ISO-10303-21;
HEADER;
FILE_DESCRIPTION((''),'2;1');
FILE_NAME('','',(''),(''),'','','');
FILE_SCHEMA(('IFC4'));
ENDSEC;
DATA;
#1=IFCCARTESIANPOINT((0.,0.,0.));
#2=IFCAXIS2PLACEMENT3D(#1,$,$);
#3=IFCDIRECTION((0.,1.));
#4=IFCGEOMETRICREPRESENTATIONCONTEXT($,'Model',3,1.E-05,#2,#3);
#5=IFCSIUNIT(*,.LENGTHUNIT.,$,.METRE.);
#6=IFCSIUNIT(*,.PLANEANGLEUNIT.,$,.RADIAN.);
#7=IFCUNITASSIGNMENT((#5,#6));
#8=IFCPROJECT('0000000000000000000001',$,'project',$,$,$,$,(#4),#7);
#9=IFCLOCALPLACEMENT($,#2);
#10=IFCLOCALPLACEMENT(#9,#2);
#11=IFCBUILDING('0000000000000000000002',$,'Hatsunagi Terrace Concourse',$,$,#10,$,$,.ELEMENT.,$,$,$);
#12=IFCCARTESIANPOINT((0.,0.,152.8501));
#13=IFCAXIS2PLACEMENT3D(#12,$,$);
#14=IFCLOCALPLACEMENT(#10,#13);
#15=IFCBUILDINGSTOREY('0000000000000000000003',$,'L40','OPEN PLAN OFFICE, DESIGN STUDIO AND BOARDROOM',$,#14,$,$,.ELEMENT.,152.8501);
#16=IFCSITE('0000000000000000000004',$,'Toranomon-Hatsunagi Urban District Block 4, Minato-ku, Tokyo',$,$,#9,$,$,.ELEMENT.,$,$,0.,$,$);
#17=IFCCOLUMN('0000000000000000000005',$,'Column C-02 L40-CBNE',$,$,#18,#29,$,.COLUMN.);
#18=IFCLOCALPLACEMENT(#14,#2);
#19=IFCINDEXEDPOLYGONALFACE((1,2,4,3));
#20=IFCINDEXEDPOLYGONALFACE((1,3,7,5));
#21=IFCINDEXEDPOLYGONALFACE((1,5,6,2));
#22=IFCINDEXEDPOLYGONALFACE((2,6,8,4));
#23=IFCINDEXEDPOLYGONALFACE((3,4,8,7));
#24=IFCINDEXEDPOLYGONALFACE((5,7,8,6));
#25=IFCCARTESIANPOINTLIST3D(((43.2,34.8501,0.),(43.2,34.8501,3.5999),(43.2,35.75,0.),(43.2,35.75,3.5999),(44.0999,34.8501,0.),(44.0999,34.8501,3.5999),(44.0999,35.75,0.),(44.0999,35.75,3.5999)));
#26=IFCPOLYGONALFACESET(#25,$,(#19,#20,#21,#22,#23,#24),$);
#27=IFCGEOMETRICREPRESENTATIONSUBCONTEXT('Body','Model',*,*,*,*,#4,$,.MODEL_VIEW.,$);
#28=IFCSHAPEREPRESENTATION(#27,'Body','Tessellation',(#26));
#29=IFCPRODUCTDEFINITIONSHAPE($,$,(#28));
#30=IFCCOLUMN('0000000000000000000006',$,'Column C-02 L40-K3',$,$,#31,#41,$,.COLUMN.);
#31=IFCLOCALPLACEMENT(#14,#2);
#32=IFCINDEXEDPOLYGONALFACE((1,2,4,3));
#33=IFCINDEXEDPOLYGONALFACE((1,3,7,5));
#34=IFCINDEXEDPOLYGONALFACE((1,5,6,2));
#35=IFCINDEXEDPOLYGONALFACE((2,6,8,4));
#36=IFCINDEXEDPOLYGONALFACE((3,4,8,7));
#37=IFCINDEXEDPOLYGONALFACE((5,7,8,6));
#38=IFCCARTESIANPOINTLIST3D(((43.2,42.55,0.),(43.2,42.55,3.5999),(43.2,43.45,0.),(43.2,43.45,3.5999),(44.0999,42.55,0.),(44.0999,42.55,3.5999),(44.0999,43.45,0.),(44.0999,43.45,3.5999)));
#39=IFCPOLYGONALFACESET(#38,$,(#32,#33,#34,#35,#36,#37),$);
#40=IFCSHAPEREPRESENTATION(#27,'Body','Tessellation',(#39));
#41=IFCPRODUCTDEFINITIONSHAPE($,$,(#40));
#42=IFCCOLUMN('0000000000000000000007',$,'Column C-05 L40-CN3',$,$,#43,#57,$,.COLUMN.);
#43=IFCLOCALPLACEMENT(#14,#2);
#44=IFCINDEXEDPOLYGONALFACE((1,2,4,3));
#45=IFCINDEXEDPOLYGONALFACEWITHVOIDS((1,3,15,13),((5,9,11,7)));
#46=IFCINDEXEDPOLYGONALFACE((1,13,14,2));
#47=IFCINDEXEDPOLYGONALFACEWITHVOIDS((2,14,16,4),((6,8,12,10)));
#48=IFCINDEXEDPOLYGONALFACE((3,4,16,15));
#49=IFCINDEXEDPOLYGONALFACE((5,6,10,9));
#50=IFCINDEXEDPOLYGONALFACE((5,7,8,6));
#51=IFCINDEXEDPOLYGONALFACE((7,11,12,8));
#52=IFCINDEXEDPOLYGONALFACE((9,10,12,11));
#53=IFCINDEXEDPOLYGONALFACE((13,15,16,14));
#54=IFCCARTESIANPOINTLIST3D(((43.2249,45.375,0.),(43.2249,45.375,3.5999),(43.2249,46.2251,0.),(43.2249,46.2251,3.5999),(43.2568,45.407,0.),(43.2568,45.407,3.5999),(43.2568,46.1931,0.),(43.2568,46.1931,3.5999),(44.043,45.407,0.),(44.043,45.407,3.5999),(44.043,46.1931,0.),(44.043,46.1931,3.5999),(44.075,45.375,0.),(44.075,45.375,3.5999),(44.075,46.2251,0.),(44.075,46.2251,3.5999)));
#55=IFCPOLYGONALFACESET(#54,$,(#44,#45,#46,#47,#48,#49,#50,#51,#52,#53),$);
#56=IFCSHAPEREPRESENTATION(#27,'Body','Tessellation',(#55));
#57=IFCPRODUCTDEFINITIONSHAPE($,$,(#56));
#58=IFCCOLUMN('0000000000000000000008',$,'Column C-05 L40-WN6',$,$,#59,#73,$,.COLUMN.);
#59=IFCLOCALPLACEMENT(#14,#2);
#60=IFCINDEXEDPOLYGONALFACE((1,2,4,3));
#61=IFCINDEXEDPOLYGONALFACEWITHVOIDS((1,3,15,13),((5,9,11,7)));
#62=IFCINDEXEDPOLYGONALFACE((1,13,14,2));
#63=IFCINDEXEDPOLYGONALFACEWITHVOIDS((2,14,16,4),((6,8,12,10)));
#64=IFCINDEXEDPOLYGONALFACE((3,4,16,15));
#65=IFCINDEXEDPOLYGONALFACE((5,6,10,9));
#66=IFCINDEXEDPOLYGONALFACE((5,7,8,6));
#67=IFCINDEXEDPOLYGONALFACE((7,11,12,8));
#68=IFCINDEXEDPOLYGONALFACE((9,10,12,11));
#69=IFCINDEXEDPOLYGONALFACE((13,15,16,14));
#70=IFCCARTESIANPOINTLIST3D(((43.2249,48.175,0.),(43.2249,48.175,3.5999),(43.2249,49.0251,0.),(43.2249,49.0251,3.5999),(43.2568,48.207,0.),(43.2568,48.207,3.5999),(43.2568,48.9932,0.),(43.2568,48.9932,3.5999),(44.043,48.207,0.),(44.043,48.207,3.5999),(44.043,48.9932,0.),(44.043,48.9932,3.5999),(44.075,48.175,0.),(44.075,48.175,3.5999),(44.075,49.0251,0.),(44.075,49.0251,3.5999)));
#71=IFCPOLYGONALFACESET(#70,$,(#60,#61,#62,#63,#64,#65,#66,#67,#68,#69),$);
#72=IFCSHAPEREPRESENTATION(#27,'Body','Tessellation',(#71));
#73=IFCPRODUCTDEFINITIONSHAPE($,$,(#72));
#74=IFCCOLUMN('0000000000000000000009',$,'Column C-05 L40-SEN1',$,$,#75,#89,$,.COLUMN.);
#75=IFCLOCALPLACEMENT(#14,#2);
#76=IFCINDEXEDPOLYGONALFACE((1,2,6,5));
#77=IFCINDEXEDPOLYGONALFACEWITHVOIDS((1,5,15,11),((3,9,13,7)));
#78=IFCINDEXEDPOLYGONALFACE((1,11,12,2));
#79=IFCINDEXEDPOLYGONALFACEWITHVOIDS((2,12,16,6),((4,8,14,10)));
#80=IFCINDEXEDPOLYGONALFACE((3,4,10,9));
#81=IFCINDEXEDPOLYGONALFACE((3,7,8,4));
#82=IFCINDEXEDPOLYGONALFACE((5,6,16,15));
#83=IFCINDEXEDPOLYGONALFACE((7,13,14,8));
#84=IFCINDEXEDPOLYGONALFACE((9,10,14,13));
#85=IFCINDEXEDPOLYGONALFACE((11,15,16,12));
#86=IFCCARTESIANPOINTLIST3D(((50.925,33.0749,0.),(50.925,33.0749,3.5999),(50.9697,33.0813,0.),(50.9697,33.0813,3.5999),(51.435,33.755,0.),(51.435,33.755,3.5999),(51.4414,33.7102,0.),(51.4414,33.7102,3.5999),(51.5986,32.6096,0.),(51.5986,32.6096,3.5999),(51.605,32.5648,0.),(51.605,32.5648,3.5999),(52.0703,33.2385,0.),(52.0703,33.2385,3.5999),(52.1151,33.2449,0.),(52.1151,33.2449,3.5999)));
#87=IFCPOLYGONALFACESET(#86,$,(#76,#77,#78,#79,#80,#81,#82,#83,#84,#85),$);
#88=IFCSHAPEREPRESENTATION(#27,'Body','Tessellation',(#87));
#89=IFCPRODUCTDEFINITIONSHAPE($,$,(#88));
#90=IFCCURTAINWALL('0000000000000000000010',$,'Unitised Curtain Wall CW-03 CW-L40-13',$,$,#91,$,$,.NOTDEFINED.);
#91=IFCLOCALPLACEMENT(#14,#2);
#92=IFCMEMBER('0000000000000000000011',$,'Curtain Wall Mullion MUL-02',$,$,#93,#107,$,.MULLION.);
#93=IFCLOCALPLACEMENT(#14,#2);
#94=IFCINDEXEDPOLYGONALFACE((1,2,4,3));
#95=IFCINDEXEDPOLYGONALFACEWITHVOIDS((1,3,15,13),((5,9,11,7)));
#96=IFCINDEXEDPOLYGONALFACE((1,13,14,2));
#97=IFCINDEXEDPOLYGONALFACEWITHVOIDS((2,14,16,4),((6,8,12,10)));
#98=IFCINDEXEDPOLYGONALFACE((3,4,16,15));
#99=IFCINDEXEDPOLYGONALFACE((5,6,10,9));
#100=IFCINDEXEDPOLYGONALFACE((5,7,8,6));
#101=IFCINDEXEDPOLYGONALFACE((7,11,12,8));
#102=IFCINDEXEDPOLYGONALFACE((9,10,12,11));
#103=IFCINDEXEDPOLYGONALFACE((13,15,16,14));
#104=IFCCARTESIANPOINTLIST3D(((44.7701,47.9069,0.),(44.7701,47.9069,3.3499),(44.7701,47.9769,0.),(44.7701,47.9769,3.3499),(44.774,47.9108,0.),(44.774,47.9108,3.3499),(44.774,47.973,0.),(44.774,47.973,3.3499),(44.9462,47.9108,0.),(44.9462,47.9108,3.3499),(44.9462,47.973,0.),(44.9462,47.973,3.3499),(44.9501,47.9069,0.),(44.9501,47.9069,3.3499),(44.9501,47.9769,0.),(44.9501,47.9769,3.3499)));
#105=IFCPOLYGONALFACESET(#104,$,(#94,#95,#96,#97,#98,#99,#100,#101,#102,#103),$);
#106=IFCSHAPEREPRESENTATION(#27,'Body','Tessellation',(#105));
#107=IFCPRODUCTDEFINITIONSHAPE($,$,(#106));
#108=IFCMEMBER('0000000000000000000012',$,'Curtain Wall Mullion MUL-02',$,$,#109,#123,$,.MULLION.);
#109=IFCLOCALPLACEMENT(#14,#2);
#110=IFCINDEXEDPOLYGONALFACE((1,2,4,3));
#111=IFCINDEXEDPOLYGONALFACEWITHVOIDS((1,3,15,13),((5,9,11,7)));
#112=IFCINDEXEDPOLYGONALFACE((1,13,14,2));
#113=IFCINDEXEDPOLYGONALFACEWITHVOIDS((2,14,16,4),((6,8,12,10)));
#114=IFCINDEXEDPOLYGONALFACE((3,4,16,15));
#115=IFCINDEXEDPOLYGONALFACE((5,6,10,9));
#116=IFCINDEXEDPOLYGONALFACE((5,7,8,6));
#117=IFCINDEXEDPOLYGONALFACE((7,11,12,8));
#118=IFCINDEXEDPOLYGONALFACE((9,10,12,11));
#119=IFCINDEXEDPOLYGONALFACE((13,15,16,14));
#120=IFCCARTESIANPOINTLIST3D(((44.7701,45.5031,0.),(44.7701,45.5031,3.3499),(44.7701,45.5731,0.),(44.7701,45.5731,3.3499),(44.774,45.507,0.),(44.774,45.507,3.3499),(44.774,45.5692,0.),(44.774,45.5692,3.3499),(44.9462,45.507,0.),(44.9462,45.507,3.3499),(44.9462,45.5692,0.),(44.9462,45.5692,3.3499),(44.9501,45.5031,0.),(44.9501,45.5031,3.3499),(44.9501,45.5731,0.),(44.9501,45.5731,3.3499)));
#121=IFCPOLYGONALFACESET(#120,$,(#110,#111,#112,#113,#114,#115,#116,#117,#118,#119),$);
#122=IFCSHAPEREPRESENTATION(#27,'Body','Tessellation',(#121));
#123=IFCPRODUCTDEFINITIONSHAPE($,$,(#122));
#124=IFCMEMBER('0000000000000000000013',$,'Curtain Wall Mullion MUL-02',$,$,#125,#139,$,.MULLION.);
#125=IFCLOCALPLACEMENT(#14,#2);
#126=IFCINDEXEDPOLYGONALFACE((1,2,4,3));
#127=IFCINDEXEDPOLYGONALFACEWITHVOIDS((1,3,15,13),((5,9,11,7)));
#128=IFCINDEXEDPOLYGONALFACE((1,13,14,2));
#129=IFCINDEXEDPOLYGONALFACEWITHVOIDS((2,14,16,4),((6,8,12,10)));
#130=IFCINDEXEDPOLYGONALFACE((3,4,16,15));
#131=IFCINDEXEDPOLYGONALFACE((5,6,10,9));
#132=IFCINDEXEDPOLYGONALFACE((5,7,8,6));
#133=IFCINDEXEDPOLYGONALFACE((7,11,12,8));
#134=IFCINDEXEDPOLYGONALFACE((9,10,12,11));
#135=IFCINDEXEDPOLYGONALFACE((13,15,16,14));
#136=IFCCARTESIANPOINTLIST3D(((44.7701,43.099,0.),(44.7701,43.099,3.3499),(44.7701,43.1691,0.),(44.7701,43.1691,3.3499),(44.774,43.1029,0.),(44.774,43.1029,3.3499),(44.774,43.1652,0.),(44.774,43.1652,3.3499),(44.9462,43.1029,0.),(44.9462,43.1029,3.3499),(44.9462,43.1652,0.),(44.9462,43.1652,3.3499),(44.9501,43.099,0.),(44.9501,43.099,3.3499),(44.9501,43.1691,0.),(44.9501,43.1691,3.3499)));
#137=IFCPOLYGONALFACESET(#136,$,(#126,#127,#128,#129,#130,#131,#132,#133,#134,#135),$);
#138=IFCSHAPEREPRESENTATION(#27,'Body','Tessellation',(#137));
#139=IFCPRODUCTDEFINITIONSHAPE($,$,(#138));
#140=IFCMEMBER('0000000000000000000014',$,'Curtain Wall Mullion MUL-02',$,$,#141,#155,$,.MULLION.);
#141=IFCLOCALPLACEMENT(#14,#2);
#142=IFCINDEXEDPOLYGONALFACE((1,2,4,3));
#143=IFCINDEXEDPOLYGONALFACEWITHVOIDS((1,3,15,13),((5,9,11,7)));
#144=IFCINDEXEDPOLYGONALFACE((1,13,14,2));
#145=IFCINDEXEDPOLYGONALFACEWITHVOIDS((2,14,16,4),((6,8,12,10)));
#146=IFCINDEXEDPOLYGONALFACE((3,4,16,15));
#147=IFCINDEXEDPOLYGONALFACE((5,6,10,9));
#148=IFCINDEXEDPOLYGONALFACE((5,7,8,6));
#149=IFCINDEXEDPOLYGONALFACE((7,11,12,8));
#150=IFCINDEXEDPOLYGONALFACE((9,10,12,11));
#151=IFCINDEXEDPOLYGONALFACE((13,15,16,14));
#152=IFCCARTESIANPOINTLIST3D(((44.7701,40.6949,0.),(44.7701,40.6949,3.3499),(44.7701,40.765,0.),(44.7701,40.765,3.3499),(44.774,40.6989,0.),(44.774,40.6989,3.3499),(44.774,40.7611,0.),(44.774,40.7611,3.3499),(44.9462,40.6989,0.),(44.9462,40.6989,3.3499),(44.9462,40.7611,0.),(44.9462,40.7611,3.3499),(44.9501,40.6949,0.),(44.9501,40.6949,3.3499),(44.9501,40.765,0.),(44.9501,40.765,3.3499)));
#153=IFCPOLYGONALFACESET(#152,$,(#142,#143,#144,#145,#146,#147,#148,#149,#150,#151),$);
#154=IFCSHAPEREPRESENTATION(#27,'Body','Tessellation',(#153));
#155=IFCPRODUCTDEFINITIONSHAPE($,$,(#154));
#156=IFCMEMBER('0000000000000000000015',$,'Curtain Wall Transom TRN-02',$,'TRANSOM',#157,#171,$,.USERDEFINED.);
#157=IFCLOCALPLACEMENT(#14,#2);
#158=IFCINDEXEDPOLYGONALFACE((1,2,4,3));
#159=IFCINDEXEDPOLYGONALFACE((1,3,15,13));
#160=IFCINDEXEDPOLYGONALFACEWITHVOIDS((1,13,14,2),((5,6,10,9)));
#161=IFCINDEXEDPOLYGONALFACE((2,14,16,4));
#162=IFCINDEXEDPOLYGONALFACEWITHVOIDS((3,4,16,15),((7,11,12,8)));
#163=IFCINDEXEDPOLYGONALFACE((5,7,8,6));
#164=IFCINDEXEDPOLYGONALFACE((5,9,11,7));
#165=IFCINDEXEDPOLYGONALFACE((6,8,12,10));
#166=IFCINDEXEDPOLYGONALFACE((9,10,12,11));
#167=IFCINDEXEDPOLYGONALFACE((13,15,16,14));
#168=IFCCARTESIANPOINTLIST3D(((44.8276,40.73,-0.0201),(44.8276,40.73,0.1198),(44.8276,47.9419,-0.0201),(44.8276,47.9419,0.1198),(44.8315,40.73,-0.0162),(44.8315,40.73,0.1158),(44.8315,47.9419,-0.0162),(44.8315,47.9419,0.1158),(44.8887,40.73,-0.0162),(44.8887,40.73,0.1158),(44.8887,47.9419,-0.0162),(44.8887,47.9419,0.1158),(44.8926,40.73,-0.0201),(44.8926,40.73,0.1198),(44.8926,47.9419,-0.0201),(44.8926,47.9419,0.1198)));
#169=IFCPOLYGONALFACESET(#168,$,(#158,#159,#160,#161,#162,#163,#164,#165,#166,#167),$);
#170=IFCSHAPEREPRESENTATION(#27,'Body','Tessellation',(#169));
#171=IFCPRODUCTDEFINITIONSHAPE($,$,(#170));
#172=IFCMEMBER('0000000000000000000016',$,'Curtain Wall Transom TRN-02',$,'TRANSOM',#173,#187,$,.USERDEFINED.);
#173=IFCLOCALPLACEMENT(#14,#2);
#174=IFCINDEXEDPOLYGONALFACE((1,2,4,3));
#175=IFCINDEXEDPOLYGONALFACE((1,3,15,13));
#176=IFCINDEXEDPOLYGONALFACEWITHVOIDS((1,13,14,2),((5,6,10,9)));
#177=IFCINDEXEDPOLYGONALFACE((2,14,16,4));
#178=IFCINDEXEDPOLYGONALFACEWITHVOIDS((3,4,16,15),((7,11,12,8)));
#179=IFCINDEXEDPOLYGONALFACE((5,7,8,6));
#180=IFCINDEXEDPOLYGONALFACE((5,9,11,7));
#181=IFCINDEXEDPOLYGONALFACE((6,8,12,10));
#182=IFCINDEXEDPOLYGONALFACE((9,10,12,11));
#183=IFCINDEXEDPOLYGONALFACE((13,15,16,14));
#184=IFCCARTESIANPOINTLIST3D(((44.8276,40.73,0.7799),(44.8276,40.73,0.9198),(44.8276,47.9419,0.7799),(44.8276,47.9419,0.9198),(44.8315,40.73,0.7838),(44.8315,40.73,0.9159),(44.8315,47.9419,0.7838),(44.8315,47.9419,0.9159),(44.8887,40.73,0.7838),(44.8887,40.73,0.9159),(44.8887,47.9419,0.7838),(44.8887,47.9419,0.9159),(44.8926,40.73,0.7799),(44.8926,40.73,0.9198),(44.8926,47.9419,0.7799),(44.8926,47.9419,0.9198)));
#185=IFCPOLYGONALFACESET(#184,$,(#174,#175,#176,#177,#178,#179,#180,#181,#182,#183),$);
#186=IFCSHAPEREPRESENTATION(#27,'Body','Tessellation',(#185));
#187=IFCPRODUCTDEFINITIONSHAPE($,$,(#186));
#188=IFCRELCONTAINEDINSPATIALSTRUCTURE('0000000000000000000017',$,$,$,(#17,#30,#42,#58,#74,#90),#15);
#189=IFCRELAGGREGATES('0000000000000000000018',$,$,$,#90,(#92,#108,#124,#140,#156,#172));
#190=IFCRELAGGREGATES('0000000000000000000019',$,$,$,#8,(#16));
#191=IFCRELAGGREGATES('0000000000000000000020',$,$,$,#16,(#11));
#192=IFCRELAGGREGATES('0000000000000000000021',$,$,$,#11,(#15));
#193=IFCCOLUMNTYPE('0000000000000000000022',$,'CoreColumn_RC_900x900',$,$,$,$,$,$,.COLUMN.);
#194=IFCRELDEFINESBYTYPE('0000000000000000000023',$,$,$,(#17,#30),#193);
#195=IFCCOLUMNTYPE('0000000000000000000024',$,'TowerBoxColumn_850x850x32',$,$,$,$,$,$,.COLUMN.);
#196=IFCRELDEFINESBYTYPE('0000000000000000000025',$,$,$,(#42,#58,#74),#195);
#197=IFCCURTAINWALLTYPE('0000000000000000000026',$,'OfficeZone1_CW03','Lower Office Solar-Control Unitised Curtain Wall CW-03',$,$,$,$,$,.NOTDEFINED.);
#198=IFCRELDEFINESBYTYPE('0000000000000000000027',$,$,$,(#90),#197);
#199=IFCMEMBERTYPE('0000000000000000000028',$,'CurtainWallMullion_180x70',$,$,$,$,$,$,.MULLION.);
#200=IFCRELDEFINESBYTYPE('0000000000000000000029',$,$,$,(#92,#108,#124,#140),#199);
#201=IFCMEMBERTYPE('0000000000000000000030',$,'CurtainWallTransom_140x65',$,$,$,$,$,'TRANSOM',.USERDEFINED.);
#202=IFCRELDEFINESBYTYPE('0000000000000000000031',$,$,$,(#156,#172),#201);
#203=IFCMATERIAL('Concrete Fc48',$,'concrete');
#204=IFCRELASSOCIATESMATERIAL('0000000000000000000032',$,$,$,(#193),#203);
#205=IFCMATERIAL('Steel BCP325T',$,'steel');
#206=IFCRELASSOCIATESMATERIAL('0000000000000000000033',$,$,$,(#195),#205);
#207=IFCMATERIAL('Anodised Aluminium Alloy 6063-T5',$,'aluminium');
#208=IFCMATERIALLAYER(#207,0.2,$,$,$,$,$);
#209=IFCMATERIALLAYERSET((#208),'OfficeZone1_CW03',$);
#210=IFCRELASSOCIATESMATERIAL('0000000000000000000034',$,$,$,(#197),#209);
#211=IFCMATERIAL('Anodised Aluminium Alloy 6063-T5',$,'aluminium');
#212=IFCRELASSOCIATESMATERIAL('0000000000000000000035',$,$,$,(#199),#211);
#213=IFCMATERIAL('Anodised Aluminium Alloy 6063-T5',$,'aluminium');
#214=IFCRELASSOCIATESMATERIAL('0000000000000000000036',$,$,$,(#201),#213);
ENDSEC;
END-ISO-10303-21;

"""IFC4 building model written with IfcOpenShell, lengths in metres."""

from ifc_helpers import new_model, si_unit, direction, frame, origin, origin_2d, place, context, subcontext, project, spatial, rectangle, hollow_rectangle, extrude, material, layer, layer_set, material_profile, profile_set, type_object, element, aggregate, save


model = new_model("IFC4")

# Units and contexts
model_context = context("Model", 3, precision=1e-05, world=origin(), true_north=direction((0.0, 1.0)))
body_context = subcontext(model_context, "Body", "Model", "MODEL_VIEW")
ifc_project = project(units=[si_unit("LENGTHUNIT", "METRE"), si_unit("PLANEANGLEUNIT", "RADIAN")], contexts=[model_context])

# Site, building, storey
site_placement = place(None, origin())
site = spatial("IfcSite", under=ifc_project, at=site_placement, Name="Toranomon-Hatsunagi Urban District Block 4, Minato-ku, Tokyo", CompositionType="ELEMENT", RefElevation=0.0)
building_placement = place(site_placement, origin())
building = spatial("IfcBuilding", under=site, at=building_placement, Name="Hatsunagi Terrace Concourse", CompositionType="ELEMENT")
storey_placement = place(building_placement, frame((0.0, 0.0, 152.8501)))
storey = spatial("IfcBuildingStorey", under=building, at=storey_placement, Name="L40", Description="OPEN PLAN OFFICE, DESIGN STUDIO AND BOARDROOM", CompositionType="ELEMENT", Elevation=152.8501)

# Columns
ifc_material_1 = material(Name="Concrete Fc48", Category="concrete")
ifc_material_profile_1 = material_profile(ifc_material_1, rectangle(XDim=0.8999, YDim=0.8999, at=origin_2d()), Name="RC-900x900")
ifc_profile_set_1 = profile_set([ifc_material_profile_1], Name="Concrete Fc48")
column_type_1 = type_object("IfcColumnType", Name="CoreColumn_RC_900x900", PredefinedType="COLUMN", material=ifc_profile_set_1)
for number, where, z_axis, x_axis, name in (
    (1, (43.6499, 35.3, 0.0), (0.0, 0.0, 1.0), (1.0, 0.0, 0.0), "Column C-02 L40-CBNE"),
    (2, (43.6499, 43.0, 0.0), (0.0, 0.0, 1.0), (1.0, 0.0, 0.0), "Column C-02 L40-K3"),
):
    element("IfcColumn", number, at=place(storey_placement, frame(where, z_axis=z_axis, x_axis=x_axis)), inside=storey, type_object=column_type_1, Name=name, PredefinedType="COLUMN", context=body_context, shape_type="SweptSolid", body=[
        extrude(rectangle(XDim=0.8999, YDim=0.8999, at=origin_2d()), origin(), (0.0, 0.0, 1.0), 3.5999),
    ])
ifc_material_2 = material(Name="Steel BCP325T", Category="steel")
ifc_material_profile_2 = material_profile(ifc_material_2, hollow_rectangle(XDim=0.8501, YDim=0.8501, WallThickness=0.032, at=origin_2d()), Name="BCP-850x850x32")
ifc_profile_set_2 = profile_set([ifc_material_profile_2], Name="Steel BCP325T")
column_type_2 = type_object("IfcColumnType", Name="TowerBoxColumn_850x850x32", PredefinedType="COLUMN", material=ifc_profile_set_2)
for number, where, z_axis, x_axis, name in (
    (3, (43.6499, 45.8, 0.0), (0.0, 0.0, 1.0), (1.0, 0.0, 0.0), "Column C-05 L40-CN3"),
    (4, (43.6499, 48.6001, 0.0), (0.0, 0.0, 1.0), (1.0, 0.0, 0.0), "Column C-05 L40-WN6"),
    (5, (51.52, 33.1599, 0.0), (0.0, 0.0, 1.0), (0.8, -0.6, 0.0), "Column C-05 L40-SEN1"),
):
    element("IfcColumn", number, at=place(storey_placement, frame(where, z_axis=z_axis, x_axis=x_axis)), inside=storey, type_object=column_type_2, Name=name, PredefinedType="COLUMN", context=body_context, shape_type="SweptSolid", body=[
        extrude(hollow_rectangle(XDim=0.8501, YDim=0.8501, WallThickness=0.032, at=origin_2d()), origin(), (0.0, 0.0, 1.0), 3.5999),
    ])

# Curtain wall, members
ifc_material_3 = material(Name="Anodised Aluminium Alloy 6063-T5", Category="aluminium")
ifc_layer_1 = layer(ifc_material_3, 0.2)
ifc_layer_set_1 = layer_set([ifc_layer_1], Name="OfficeZone1_CW03")
curtain_wall_type = type_object("IfcCurtainWallType", Name="OfficeZone1_CW03", Description="Lower Office Solar-Control Unitised Curtain Wall CW-03", PredefinedType="NOTDEFINED", material=ifc_layer_set_1)
curtain_wall_placement = place(storey_placement, origin())
curtain_wall = element("IfcCurtainWall", 6, at=curtain_wall_placement, inside=storey, type_object=curtain_wall_type, Name="Unitised Curtain Wall CW-03 CW-L40-13", PredefinedType="NOTDEFINED")
ifc_material_4 = material(Name="Anodised Aluminium Alloy 6063-T5", Category="aluminium")
ifc_material_profile_3 = material_profile(ifc_material_4, hollow_rectangle(XDim=0.0701, YDim=0.1799, WallThickness=0.0039, at=origin_2d()), Name="ALU-MUL-180x70x4")
ifc_profile_set_3 = profile_set([ifc_material_profile_3], Name="Anodised Aluminium Alloy 6063-T5")
member_type_1 = type_object("IfcMemberType", Name="CurtainWallMullion_180x70", PredefinedType="MULLION", material=ifc_profile_set_3)
member_1_placement = place(storey_placement, frame((44.8601, 47.9419, 0.0), z_axis=(0.0, 0.0, 1.0), x_axis=(0.0, -1.0, 0.0)))
member_1 = element("IfcMember", 7, at=member_1_placement, type_object=member_type_1, Name="Curtain Wall Mullion MUL-02", PredefinedType="MULLION", context=body_context, shape_type="SweptSolid", body=[
    extrude(hollow_rectangle(XDim=0.0701, YDim=0.1799, WallThickness=0.0039, at=origin_2d()), origin(), (0.0, 0.0, 1.0), 3.3499),
])
member_2_placement = place(storey_placement, frame((44.8601, 45.5381, 0.0), z_axis=(0.0, 0.0, 1.0), x_axis=(0.0, -1.0, 0.0)))
member_2 = element("IfcMember", 8, at=member_2_placement, type_object=member_type_1, Name="Curtain Wall Mullion MUL-02", PredefinedType="MULLION", context=body_context, shape_type="SweptSolid", body=[
    extrude(hollow_rectangle(XDim=0.0701, YDim=0.1799, WallThickness=0.0039, at=origin_2d()), origin(), (0.0, 0.0, 1.0), 3.3499),
])
member_3_placement = place(storey_placement, frame((44.8601, 43.134, 0.0), z_axis=(0.0, 0.0, 1.0), x_axis=(0.0, -1.0, 0.0)))
member_3 = element("IfcMember", 9, at=member_3_placement, type_object=member_type_1, Name="Curtain Wall Mullion MUL-02", PredefinedType="MULLION", context=body_context, shape_type="SweptSolid", body=[
    extrude(hollow_rectangle(XDim=0.0701, YDim=0.1799, WallThickness=0.0039, at=origin_2d()), origin(), (0.0, 0.0, 1.0), 3.3499),
])
member_4_placement = place(storey_placement, frame((44.8601, 40.73, 0.0), z_axis=(0.0, 0.0, 1.0), x_axis=(0.0, -1.0, 0.0)))
member_4 = element("IfcMember", 10, at=member_4_placement, type_object=member_type_1, Name="Curtain Wall Mullion MUL-02", PredefinedType="MULLION", context=body_context, shape_type="SweptSolid", body=[
    extrude(hollow_rectangle(XDim=0.0701, YDim=0.1799, WallThickness=0.0039, at=origin_2d()), origin(), (0.0, 0.0, 1.0), 3.3499),
])
ifc_material_5 = material(Name="Anodised Aluminium Alloy 6063-T5", Category="aluminium")
ifc_material_profile_4 = material_profile(ifc_material_5, hollow_rectangle(XDim=0.0649, YDim=0.1399, WallThickness=0.0039, at=origin_2d()), Name="ALU-TRN-140x65x4")
ifc_profile_set_4 = profile_set([ifc_material_profile_4], Name="Anodised Aluminium Alloy 6063-T5")
member_type_2 = type_object("IfcMemberType", Name="CurtainWallTransom_140x65", ElementType="TRANSOM", PredefinedType="USERDEFINED", material=ifc_profile_set_4)
member_5_placement = place(storey_placement, frame((44.8601, 47.9419, 0.0498), z_axis=(0.0, -1.0, 0.0), x_axis=(1.0, 0.0, 0.0)))
member_5 = element("IfcMember", 11, at=member_5_placement, type_object=member_type_2, Name="Curtain Wall Transom TRN-02", ObjectType="TRANSOM", PredefinedType="USERDEFINED", context=body_context, shape_type="SweptSolid", body=[
    extrude(hollow_rectangle(XDim=0.0649, YDim=0.1399, WallThickness=0.0039, at=origin_2d()), origin(), (0.0, 0.0, 1.0), 7.2119),
])
member_6_placement = place(storey_placement, frame((44.8601, 47.9419, 0.8499), z_axis=(0.0, -1.0, 0.0), x_axis=(1.0, 0.0, 0.0)))
member_6 = element("IfcMember", 12, at=member_6_placement, type_object=member_type_2, Name="Curtain Wall Transom TRN-02", ObjectType="TRANSOM", PredefinedType="USERDEFINED", context=body_context, shape_type="SweptSolid", body=[
    extrude(hollow_rectangle(XDim=0.0649, YDim=0.1399, WallThickness=0.0039, at=origin_2d()), origin(), (0.0, 0.0, 1.0), 7.2119),
])

aggregate(curtain_wall, [member_1, member_2, member_3, member_4, member_5, member_6])

save(model, "model.ifc")
